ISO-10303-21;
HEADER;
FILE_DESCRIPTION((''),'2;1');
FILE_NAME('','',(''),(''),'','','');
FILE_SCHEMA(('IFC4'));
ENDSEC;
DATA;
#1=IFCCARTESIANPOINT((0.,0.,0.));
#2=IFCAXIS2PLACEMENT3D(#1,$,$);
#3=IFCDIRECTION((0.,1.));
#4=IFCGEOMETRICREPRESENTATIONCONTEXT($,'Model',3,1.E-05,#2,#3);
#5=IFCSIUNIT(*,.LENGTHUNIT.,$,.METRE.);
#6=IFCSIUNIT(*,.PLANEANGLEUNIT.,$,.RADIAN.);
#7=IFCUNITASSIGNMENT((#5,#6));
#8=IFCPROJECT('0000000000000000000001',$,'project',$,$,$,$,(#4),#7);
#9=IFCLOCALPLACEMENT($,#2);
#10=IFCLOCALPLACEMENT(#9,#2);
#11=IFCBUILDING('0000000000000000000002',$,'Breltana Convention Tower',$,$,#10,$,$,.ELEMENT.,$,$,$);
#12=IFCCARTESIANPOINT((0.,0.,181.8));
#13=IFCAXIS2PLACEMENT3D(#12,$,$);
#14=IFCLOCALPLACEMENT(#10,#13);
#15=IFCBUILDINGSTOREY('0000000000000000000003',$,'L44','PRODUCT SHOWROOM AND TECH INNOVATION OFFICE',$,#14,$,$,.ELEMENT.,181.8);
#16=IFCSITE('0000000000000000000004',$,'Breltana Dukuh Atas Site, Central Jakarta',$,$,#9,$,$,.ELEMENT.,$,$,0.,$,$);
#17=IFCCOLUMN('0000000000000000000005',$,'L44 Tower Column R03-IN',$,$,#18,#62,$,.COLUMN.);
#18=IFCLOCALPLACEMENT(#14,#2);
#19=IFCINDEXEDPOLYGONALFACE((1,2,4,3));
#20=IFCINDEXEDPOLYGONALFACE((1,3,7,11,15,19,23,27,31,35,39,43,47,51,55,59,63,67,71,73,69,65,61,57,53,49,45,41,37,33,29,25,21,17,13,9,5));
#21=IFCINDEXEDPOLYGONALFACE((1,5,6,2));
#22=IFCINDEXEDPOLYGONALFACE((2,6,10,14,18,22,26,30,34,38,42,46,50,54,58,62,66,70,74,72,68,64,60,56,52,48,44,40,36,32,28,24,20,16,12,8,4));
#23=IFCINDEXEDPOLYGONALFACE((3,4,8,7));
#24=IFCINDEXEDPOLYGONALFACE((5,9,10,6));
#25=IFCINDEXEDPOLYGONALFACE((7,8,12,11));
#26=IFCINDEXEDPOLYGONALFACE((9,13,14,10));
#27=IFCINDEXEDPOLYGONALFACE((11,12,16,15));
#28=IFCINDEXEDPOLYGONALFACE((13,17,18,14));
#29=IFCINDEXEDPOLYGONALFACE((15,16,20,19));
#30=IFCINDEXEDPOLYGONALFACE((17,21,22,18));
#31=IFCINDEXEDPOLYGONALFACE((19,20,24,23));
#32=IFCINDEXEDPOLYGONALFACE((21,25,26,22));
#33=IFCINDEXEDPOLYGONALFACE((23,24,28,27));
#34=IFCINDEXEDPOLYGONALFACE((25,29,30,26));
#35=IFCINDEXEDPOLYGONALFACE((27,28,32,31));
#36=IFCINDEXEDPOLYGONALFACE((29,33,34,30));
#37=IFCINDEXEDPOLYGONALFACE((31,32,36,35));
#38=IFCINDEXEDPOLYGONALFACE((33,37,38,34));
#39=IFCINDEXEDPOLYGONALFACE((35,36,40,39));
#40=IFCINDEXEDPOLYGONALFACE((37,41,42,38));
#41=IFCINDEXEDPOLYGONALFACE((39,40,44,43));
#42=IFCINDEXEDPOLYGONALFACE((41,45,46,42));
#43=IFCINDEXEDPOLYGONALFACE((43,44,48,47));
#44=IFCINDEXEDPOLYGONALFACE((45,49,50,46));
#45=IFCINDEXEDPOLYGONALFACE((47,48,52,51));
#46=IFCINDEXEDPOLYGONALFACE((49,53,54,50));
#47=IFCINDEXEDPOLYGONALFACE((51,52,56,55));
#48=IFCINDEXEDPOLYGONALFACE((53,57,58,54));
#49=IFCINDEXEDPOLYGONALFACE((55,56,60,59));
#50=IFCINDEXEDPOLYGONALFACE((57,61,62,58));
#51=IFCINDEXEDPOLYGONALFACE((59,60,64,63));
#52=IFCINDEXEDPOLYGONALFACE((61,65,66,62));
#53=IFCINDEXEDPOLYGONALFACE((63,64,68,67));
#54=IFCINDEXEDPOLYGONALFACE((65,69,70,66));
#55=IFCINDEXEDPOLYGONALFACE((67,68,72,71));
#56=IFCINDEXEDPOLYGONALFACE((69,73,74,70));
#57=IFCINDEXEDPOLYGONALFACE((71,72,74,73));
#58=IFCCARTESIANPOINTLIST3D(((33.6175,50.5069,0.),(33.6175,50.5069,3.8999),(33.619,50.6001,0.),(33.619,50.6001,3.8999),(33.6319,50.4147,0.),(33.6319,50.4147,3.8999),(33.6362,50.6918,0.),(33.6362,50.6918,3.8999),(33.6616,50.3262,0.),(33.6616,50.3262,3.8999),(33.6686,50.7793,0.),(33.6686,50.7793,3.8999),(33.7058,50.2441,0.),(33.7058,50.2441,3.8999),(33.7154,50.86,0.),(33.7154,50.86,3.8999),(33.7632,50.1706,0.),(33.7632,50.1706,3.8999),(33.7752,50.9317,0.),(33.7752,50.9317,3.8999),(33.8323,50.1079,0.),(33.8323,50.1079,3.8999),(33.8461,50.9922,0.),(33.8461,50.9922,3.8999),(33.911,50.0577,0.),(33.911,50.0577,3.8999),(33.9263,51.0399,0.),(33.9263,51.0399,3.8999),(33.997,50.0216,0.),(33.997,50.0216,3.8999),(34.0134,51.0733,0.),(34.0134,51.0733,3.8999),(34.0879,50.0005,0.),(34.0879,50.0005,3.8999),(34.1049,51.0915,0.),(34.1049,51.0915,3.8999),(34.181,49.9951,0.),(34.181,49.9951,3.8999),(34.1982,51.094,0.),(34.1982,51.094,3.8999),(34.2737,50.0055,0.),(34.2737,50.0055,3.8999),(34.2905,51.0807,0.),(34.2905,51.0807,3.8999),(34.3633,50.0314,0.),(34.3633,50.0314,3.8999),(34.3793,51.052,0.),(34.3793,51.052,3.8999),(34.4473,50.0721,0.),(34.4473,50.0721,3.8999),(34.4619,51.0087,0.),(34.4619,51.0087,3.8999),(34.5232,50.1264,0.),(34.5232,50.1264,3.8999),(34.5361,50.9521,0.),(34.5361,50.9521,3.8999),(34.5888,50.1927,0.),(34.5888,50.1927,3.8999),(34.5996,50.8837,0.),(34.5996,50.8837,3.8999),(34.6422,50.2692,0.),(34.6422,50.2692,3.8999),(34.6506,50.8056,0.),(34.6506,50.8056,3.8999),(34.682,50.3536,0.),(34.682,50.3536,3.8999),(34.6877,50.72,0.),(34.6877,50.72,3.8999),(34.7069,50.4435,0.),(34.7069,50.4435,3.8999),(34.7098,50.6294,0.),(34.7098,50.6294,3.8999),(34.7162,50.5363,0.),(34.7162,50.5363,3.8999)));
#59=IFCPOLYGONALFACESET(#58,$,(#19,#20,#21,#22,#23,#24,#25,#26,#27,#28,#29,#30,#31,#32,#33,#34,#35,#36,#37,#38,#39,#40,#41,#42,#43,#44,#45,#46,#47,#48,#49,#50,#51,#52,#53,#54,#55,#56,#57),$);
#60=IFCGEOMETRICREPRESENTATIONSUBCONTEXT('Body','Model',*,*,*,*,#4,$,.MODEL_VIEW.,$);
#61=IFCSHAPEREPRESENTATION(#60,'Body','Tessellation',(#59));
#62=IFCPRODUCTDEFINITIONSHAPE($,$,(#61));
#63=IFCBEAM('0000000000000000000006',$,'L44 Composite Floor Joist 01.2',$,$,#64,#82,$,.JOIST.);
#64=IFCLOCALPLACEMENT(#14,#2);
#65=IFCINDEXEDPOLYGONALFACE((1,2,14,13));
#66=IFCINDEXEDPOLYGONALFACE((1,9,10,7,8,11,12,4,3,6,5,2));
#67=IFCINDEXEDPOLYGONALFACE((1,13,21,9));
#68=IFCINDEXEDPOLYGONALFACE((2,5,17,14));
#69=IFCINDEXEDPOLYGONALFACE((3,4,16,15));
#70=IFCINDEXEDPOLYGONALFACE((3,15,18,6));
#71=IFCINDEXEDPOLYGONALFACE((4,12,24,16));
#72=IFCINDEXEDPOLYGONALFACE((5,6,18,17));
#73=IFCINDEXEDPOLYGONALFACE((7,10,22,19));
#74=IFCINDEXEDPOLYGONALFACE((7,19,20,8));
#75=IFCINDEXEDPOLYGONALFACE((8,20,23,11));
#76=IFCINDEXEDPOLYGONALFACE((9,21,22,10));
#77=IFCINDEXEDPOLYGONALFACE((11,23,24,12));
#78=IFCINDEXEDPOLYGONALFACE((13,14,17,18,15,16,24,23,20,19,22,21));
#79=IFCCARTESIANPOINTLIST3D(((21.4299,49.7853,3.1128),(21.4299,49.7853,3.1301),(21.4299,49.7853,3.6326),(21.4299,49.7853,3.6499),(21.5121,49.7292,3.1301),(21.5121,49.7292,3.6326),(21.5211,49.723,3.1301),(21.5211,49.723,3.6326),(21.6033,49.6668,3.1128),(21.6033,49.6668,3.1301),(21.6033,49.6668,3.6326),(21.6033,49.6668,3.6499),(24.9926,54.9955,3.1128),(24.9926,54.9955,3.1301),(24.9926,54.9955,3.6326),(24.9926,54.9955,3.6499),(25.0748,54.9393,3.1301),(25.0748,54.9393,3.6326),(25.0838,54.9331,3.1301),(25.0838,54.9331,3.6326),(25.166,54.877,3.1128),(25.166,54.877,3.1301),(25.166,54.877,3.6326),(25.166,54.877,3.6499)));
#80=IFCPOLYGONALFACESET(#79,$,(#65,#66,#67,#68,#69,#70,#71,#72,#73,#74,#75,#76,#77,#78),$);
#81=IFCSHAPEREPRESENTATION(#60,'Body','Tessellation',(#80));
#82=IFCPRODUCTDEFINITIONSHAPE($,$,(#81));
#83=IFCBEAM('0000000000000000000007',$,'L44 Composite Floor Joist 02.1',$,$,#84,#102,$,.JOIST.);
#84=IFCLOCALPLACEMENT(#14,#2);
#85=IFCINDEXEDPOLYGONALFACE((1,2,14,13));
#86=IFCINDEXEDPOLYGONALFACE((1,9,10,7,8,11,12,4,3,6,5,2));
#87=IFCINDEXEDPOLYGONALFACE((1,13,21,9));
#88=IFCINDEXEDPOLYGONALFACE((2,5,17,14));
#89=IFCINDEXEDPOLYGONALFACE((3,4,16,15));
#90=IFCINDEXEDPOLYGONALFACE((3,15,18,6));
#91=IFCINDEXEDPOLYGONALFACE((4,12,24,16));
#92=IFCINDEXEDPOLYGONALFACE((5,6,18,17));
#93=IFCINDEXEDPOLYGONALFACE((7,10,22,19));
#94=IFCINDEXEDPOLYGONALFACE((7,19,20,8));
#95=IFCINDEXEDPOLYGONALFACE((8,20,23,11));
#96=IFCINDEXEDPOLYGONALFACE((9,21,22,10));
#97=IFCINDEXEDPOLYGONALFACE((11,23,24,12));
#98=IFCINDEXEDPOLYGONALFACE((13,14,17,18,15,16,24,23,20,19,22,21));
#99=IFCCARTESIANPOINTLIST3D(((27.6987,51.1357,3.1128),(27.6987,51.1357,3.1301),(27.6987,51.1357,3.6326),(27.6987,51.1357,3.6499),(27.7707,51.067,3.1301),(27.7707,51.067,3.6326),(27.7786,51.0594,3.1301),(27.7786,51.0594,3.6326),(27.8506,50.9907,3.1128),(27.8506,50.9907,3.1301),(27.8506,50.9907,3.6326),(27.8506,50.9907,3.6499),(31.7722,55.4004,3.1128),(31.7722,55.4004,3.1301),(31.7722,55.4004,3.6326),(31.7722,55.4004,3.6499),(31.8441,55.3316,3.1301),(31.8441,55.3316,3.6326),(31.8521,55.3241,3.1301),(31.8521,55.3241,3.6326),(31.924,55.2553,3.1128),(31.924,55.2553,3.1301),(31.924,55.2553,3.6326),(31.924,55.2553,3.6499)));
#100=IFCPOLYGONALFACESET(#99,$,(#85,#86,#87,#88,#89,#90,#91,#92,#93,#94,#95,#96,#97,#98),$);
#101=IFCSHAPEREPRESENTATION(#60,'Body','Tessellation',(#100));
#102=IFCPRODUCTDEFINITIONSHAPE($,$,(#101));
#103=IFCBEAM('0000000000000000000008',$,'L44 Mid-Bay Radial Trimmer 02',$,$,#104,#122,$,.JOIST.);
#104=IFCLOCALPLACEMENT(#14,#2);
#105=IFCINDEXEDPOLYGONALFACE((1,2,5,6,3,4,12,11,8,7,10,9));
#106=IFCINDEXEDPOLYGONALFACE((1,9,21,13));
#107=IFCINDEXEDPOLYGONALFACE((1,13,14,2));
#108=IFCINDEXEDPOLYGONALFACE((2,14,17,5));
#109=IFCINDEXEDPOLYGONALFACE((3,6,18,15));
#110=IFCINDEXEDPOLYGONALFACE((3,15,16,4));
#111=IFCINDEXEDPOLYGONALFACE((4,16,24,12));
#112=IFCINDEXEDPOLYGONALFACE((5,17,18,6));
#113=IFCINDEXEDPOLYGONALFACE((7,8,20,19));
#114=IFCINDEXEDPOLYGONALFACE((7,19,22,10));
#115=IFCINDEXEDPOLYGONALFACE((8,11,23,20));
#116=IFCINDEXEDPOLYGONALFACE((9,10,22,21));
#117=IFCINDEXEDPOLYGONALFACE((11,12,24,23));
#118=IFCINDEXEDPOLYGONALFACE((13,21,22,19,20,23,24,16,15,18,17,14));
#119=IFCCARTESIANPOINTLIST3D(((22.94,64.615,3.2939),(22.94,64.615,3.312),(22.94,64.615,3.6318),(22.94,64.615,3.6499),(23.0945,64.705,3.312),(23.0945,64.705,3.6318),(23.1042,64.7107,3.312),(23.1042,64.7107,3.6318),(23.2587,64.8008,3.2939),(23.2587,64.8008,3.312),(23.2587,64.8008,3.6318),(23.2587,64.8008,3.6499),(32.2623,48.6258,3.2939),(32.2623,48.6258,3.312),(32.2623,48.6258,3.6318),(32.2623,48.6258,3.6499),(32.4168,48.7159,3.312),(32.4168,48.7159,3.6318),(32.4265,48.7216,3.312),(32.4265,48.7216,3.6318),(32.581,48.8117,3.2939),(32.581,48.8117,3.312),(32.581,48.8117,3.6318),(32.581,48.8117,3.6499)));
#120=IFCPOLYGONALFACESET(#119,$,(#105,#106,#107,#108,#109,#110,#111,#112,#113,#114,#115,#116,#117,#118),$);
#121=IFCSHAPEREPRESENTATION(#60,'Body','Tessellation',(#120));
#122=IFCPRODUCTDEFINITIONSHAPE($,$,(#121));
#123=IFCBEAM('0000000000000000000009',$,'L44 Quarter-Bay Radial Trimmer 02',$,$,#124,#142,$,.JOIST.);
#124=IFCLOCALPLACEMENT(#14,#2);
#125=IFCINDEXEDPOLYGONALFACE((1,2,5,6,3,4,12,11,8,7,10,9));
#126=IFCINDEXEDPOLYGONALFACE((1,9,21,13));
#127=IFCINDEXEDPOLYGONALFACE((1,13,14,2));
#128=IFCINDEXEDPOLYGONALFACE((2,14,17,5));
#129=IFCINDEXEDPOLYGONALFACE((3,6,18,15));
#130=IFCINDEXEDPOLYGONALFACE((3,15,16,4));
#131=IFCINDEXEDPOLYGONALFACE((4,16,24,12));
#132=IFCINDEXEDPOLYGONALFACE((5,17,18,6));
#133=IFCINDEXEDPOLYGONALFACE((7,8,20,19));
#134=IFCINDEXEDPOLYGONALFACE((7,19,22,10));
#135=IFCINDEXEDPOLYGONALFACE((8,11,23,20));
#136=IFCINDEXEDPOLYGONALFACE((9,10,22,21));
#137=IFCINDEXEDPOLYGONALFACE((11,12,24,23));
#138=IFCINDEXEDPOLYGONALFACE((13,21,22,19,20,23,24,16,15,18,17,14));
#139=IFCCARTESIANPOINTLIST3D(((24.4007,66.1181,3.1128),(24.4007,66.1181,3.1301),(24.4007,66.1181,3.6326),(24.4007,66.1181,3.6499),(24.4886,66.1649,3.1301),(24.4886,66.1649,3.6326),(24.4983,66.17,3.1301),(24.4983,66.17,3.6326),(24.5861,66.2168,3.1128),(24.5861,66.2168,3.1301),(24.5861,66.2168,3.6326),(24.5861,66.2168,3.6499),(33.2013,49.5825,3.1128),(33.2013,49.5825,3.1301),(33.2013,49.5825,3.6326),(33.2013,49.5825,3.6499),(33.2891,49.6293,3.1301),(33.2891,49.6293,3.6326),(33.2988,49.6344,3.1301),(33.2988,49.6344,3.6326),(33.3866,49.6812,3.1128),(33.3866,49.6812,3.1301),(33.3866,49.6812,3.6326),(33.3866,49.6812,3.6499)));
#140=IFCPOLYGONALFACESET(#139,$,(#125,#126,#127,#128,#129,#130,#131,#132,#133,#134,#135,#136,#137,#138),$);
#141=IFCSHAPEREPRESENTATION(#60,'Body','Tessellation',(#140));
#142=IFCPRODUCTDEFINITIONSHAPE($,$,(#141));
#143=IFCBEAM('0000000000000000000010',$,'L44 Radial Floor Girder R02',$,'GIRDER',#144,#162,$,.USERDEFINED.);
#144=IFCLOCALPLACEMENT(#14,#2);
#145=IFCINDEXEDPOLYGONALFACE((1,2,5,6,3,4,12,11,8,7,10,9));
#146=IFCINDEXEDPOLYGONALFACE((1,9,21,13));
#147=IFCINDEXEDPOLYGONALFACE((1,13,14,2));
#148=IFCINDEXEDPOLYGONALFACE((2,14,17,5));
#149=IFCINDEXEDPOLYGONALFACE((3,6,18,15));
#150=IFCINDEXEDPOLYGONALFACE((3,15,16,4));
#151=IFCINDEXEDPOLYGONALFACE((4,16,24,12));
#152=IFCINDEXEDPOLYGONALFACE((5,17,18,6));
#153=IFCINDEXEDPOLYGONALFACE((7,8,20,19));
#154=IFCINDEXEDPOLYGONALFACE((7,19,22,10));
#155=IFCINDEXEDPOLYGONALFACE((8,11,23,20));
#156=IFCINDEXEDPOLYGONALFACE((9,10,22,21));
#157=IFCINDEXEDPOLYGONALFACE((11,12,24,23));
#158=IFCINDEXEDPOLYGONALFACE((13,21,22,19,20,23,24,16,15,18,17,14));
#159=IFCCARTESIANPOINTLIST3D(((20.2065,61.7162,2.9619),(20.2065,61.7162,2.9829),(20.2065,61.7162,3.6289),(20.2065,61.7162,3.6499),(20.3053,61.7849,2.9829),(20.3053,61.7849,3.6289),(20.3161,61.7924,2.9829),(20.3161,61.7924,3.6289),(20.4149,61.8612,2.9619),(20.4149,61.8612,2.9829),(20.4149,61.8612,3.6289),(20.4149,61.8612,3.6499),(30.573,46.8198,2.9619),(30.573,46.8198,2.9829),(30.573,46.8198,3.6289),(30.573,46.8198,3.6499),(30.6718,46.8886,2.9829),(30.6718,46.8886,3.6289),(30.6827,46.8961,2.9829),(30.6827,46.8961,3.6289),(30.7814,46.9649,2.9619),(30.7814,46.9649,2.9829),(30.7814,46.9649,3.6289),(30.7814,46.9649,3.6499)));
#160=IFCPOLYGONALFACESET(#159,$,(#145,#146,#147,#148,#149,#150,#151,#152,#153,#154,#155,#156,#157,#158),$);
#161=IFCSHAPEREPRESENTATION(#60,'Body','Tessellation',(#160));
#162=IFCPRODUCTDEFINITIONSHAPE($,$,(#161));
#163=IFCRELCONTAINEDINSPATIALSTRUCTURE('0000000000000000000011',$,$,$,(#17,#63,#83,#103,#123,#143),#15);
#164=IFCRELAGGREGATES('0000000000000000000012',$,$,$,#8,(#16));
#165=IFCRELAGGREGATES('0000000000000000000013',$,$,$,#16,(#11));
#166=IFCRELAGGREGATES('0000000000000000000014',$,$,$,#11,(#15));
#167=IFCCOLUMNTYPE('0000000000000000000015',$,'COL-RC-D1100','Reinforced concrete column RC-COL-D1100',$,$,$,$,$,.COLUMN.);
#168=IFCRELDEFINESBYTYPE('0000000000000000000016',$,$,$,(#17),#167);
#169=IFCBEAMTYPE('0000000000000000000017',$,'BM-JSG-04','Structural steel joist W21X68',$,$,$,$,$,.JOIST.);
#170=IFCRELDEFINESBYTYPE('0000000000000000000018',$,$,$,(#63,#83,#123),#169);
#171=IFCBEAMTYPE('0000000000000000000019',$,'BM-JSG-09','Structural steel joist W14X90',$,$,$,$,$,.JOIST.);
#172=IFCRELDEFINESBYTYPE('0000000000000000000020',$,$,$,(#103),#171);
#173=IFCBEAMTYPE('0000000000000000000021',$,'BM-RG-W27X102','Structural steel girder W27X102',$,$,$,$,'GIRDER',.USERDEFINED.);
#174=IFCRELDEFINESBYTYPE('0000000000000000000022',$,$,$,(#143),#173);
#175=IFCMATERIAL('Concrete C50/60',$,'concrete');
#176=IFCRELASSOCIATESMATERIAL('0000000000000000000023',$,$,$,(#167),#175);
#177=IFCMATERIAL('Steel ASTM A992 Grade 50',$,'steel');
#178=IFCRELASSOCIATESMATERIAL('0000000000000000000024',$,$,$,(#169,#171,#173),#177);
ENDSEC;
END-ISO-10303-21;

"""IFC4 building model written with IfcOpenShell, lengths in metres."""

from ifc_helpers import new_model, si_unit, direction, frame, origin, origin_2d, place, context, subcontext, project, spatial, circle, i_section, extrude, source, transform, mapped, material, material_profile, profile_set, type_object, element, save


model = new_model("IFC4")

# Units and contexts
model_context = context("Model", 3, precision=1e-05, world=origin(), true_north=direction((0.0, 1.0)))
body_context = subcontext(model_context, "Body", "Model", "MODEL_VIEW")
ifc_project = project(units=[si_unit("LENGTHUNIT", "METRE"), si_unit("PLANEANGLEUNIT", "RADIAN")], contexts=[model_context])

# Site, building, storey
site_placement = place(None, origin())
site = spatial("IfcSite", under=ifc_project, at=site_placement, Name="Breltana Dukuh Atas Site, Central Jakarta", CompositionType="ELEMENT", RefElevation=0.0)
building_placement = place(site_placement, origin())
building = spatial("IfcBuilding", under=site, at=building_placement, Name="Breltana Convention Tower", CompositionType="ELEMENT")
storey_placement = place(building_placement, frame((0.0, 0.0, 181.8)))
storey = spatial("IfcBuildingStorey", under=building, at=storey_placement, Name="L44", Description="PRODUCT SHOWROOM AND TECH INNOVATION OFFICE", CompositionType="ELEMENT", Elevation=181.8)

# Column
ifc_material_1 = material(Name="Concrete C50/60", Category="concrete")
ifc_material_profile_1 = material_profile(ifc_material_1, circle(Radius=0.55, at=origin_2d()), Name="RC-COL-D1100")
ifc_profile_set_1 = profile_set([ifc_material_profile_1], Name="Concrete C50/60")
column_type = type_object("IfcColumnType", Name="COL-RC-D1100", Description="Reinforced concrete column RC-COL-D1100", PredefinedType="COLUMN", material=ifc_profile_set_1)
shared_shape_1 = source(origin(), body_context, "Body", "SweptSolid", [
    extrude(circle(Radius=0.55, at=origin_2d()), origin(), (0.0, 0.0, 1.0), 3.8999),
])
for number, where, z_axis, x_axis, name in (
    (1, (34.1663, 50.5449, 0.0), (0.0, 0.0, 1.0), (-0.436174, 0.899863, 0.0), "L44 Tower Column R03-IN"),
):
    element("IfcColumn", number, at=place(storey_placement, frame(where, z_axis=z_axis, x_axis=x_axis)), inside=storey, type_object=column_type, Name=name, PredefinedType="COLUMN", context=body_context, shape_type="MappedRepresentation", body=[
        mapped(shared_shape_1, transform((0.0, 0.0, 0.0), scale=1.0)),
    ])

# Beams
ifc_material_2 = material(Name="Steel ASTM A992 Grade 50", Category="steel")
ifc_material_profile_2 = material_profile(ifc_material_2, i_section(OverallWidth=0.21, OverallDepth=0.5371, WebThickness=0.011, FlangeThickness=0.0173, at=origin_2d()), Name="W21X68")
ifc_profile_set_2 = profile_set([ifc_material_profile_2], Name="Steel ASTM A992 Grade 50")
beam_type_1 = type_object("IfcBeamType", Name="BM-JSG-04", Description="Structural steel joist W21X68", PredefinedType="JOIST", material=ifc_profile_set_2)
shared_shape_2 = source(origin(), body_context, "Body", "SweptSolid", [
    extrude(i_section(OverallWidth=0.21, OverallDepth=0.5371, WebThickness=0.011, FlangeThickness=0.0173, at=origin_2d()), origin(), (0.0, 0.0, 1.0), 6.3118),
])
beam_1_placement = place(storey_placement, frame((21.5166, 49.7261, 3.3813), z_axis=(0.564454, 0.825465, 0.0), x_axis=(-0.825465, 0.564454, 0.0)))
element("IfcBeam", 2, at=beam_1_placement, inside=storey, type_object=beam_type_1, Name="L44 Composite Floor Joist 01.2", PredefinedType="JOIST", context=body_context, shape_type="MappedRepresentation", body=[
    mapped(shared_shape_2, transform((0.0, 0.0, 0.0), scale=1.0)),
])
shared_shape_3 = source(origin(), body_context, "Body", "SweptSolid", [
    extrude(i_section(OverallWidth=0.21, OverallDepth=0.5371, WebThickness=0.011, FlangeThickness=0.0173, at=origin_2d()), origin(), (0.0, 0.0, 1.0), 5.8975),
])
beam_2_placement = place(storey_placement, frame((27.7747, 51.0632, 3.3813), z_axis=(0.690714, 0.723128, 0.0), x_axis=(-0.723128, 0.690714, 0.0)))
element("IfcBeam", 3, at=beam_2_placement, inside=storey, type_object=beam_type_1, Name="L44 Composite Floor Joist 02.1", PredefinedType="JOIST", context=body_context, shape_type="MappedRepresentation", body=[
    mapped(shared_shape_3, transform((0.0, 0.0, 0.0), scale=1.0)),
])
ifc_material_profile_3 = material_profile(ifc_material_2, i_section(OverallWidth=0.3689, OverallDepth=0.356, WebThickness=0.0112, FlangeThickness=0.0181, at=origin_2d()), Name="W14X90")
ifc_profile_set_3 = profile_set([ifc_material_profile_3], Name="Steel ASTM A992 Grade 50")
beam_type_2 = type_object("IfcBeamType", Name="BM-JSG-09", Description="Structural steel joist W14X90", PredefinedType="JOIST", material=ifc_profile_set_3)
shared_shape_4 = source(origin(), body_context, "Body", "SweptSolid", [
    extrude(i_section(OverallWidth=0.3689, OverallDepth=0.356, WebThickness=0.0112, FlangeThickness=0.0181, at=origin_2d()), origin(), (0.0, 0.0, 1.0), 18.5083),
])
beam_3_placement = place(storey_placement, frame((32.4216, 48.7188, 3.4719), z_axis=(-0.503683, 0.863888, 0.0), x_axis=(-0.863888, -0.503683, 0.0)))
element("IfcBeam", 4, at=beam_3_placement, inside=storey, type_object=beam_type_2, Name="L44 Mid-Bay Radial Trimmer 02", PredefinedType="JOIST", context=body_context, shape_type="MappedRepresentation", body=[
    mapped(shared_shape_4, transform((0.0, 0.0, 0.0), scale=1.0)),
])
shared_shape_5 = source(origin(), body_context, "Body", "SweptSolid", [
    extrude(i_section(OverallWidth=0.21, OverallDepth=0.5371, WebThickness=0.011, FlangeThickness=0.0173, at=origin_2d()), origin(), (0.0, 0.0, 1.0), 18.7317),
])
beam_4_placement = place(storey_placement, frame((33.2939, 49.6318, 3.3813), z_axis=(-0.46982, 0.882762, 0.0), x_axis=(-0.882762, -0.46982, 0.0)))
element("IfcBeam", 5, at=beam_4_placement, inside=storey, type_object=beam_type_1, Name="L44 Quarter-Bay Radial Trimmer 02", PredefinedType="JOIST", context=body_context, shape_type="MappedRepresentation", body=[
    mapped(shared_shape_5, transform((0.0, 0.0, 0.0), scale=1.0)),
])
ifc_material_profile_4 = material_profile(ifc_material_2, i_section(OverallWidth=0.2539, OverallDepth=0.688, WebThickness=0.0132, FlangeThickness=0.021, at=origin_2d()), Name="W27X102")
ifc_profile_set_4 = profile_set([ifc_material_profile_4], Name="Steel ASTM A992 Grade 50")
beam_type_3 = type_object("IfcBeamType", Name="BM-RG-W27X102", Description="Structural steel girder W27X102", ElementType="GIRDER", PredefinedType="USERDEFINED", material=ifc_profile_set_4)
shared_shape_6 = source(origin(), body_context, "Body", "SweptSolid", [
    extrude(i_section(OverallWidth=0.2539, OverallDepth=0.688, WebThickness=0.0132, FlangeThickness=0.021, at=origin_2d()), origin(), (0.0, 0.0, 1.0), 18.1484),
])
beam_5_placement = place(storey_placement, frame((30.6772, 46.8923, 3.3059), z_axis=(-0.571208, 0.820806, 0.0), x_axis=(-0.820806, -0.571208, 0.0)))
element("IfcBeam", 6, at=beam_5_placement, inside=storey, type_object=beam_type_3, Name="L44 Radial Floor Girder R02", ObjectType="GIRDER", PredefinedType="USERDEFINED", context=body_context, shape_type="MappedRepresentation", body=[
    mapped(shared_shape_6, transform((0.0, 0.0, 0.0), scale=1.0)),
])

save(model, "model.ifc")
